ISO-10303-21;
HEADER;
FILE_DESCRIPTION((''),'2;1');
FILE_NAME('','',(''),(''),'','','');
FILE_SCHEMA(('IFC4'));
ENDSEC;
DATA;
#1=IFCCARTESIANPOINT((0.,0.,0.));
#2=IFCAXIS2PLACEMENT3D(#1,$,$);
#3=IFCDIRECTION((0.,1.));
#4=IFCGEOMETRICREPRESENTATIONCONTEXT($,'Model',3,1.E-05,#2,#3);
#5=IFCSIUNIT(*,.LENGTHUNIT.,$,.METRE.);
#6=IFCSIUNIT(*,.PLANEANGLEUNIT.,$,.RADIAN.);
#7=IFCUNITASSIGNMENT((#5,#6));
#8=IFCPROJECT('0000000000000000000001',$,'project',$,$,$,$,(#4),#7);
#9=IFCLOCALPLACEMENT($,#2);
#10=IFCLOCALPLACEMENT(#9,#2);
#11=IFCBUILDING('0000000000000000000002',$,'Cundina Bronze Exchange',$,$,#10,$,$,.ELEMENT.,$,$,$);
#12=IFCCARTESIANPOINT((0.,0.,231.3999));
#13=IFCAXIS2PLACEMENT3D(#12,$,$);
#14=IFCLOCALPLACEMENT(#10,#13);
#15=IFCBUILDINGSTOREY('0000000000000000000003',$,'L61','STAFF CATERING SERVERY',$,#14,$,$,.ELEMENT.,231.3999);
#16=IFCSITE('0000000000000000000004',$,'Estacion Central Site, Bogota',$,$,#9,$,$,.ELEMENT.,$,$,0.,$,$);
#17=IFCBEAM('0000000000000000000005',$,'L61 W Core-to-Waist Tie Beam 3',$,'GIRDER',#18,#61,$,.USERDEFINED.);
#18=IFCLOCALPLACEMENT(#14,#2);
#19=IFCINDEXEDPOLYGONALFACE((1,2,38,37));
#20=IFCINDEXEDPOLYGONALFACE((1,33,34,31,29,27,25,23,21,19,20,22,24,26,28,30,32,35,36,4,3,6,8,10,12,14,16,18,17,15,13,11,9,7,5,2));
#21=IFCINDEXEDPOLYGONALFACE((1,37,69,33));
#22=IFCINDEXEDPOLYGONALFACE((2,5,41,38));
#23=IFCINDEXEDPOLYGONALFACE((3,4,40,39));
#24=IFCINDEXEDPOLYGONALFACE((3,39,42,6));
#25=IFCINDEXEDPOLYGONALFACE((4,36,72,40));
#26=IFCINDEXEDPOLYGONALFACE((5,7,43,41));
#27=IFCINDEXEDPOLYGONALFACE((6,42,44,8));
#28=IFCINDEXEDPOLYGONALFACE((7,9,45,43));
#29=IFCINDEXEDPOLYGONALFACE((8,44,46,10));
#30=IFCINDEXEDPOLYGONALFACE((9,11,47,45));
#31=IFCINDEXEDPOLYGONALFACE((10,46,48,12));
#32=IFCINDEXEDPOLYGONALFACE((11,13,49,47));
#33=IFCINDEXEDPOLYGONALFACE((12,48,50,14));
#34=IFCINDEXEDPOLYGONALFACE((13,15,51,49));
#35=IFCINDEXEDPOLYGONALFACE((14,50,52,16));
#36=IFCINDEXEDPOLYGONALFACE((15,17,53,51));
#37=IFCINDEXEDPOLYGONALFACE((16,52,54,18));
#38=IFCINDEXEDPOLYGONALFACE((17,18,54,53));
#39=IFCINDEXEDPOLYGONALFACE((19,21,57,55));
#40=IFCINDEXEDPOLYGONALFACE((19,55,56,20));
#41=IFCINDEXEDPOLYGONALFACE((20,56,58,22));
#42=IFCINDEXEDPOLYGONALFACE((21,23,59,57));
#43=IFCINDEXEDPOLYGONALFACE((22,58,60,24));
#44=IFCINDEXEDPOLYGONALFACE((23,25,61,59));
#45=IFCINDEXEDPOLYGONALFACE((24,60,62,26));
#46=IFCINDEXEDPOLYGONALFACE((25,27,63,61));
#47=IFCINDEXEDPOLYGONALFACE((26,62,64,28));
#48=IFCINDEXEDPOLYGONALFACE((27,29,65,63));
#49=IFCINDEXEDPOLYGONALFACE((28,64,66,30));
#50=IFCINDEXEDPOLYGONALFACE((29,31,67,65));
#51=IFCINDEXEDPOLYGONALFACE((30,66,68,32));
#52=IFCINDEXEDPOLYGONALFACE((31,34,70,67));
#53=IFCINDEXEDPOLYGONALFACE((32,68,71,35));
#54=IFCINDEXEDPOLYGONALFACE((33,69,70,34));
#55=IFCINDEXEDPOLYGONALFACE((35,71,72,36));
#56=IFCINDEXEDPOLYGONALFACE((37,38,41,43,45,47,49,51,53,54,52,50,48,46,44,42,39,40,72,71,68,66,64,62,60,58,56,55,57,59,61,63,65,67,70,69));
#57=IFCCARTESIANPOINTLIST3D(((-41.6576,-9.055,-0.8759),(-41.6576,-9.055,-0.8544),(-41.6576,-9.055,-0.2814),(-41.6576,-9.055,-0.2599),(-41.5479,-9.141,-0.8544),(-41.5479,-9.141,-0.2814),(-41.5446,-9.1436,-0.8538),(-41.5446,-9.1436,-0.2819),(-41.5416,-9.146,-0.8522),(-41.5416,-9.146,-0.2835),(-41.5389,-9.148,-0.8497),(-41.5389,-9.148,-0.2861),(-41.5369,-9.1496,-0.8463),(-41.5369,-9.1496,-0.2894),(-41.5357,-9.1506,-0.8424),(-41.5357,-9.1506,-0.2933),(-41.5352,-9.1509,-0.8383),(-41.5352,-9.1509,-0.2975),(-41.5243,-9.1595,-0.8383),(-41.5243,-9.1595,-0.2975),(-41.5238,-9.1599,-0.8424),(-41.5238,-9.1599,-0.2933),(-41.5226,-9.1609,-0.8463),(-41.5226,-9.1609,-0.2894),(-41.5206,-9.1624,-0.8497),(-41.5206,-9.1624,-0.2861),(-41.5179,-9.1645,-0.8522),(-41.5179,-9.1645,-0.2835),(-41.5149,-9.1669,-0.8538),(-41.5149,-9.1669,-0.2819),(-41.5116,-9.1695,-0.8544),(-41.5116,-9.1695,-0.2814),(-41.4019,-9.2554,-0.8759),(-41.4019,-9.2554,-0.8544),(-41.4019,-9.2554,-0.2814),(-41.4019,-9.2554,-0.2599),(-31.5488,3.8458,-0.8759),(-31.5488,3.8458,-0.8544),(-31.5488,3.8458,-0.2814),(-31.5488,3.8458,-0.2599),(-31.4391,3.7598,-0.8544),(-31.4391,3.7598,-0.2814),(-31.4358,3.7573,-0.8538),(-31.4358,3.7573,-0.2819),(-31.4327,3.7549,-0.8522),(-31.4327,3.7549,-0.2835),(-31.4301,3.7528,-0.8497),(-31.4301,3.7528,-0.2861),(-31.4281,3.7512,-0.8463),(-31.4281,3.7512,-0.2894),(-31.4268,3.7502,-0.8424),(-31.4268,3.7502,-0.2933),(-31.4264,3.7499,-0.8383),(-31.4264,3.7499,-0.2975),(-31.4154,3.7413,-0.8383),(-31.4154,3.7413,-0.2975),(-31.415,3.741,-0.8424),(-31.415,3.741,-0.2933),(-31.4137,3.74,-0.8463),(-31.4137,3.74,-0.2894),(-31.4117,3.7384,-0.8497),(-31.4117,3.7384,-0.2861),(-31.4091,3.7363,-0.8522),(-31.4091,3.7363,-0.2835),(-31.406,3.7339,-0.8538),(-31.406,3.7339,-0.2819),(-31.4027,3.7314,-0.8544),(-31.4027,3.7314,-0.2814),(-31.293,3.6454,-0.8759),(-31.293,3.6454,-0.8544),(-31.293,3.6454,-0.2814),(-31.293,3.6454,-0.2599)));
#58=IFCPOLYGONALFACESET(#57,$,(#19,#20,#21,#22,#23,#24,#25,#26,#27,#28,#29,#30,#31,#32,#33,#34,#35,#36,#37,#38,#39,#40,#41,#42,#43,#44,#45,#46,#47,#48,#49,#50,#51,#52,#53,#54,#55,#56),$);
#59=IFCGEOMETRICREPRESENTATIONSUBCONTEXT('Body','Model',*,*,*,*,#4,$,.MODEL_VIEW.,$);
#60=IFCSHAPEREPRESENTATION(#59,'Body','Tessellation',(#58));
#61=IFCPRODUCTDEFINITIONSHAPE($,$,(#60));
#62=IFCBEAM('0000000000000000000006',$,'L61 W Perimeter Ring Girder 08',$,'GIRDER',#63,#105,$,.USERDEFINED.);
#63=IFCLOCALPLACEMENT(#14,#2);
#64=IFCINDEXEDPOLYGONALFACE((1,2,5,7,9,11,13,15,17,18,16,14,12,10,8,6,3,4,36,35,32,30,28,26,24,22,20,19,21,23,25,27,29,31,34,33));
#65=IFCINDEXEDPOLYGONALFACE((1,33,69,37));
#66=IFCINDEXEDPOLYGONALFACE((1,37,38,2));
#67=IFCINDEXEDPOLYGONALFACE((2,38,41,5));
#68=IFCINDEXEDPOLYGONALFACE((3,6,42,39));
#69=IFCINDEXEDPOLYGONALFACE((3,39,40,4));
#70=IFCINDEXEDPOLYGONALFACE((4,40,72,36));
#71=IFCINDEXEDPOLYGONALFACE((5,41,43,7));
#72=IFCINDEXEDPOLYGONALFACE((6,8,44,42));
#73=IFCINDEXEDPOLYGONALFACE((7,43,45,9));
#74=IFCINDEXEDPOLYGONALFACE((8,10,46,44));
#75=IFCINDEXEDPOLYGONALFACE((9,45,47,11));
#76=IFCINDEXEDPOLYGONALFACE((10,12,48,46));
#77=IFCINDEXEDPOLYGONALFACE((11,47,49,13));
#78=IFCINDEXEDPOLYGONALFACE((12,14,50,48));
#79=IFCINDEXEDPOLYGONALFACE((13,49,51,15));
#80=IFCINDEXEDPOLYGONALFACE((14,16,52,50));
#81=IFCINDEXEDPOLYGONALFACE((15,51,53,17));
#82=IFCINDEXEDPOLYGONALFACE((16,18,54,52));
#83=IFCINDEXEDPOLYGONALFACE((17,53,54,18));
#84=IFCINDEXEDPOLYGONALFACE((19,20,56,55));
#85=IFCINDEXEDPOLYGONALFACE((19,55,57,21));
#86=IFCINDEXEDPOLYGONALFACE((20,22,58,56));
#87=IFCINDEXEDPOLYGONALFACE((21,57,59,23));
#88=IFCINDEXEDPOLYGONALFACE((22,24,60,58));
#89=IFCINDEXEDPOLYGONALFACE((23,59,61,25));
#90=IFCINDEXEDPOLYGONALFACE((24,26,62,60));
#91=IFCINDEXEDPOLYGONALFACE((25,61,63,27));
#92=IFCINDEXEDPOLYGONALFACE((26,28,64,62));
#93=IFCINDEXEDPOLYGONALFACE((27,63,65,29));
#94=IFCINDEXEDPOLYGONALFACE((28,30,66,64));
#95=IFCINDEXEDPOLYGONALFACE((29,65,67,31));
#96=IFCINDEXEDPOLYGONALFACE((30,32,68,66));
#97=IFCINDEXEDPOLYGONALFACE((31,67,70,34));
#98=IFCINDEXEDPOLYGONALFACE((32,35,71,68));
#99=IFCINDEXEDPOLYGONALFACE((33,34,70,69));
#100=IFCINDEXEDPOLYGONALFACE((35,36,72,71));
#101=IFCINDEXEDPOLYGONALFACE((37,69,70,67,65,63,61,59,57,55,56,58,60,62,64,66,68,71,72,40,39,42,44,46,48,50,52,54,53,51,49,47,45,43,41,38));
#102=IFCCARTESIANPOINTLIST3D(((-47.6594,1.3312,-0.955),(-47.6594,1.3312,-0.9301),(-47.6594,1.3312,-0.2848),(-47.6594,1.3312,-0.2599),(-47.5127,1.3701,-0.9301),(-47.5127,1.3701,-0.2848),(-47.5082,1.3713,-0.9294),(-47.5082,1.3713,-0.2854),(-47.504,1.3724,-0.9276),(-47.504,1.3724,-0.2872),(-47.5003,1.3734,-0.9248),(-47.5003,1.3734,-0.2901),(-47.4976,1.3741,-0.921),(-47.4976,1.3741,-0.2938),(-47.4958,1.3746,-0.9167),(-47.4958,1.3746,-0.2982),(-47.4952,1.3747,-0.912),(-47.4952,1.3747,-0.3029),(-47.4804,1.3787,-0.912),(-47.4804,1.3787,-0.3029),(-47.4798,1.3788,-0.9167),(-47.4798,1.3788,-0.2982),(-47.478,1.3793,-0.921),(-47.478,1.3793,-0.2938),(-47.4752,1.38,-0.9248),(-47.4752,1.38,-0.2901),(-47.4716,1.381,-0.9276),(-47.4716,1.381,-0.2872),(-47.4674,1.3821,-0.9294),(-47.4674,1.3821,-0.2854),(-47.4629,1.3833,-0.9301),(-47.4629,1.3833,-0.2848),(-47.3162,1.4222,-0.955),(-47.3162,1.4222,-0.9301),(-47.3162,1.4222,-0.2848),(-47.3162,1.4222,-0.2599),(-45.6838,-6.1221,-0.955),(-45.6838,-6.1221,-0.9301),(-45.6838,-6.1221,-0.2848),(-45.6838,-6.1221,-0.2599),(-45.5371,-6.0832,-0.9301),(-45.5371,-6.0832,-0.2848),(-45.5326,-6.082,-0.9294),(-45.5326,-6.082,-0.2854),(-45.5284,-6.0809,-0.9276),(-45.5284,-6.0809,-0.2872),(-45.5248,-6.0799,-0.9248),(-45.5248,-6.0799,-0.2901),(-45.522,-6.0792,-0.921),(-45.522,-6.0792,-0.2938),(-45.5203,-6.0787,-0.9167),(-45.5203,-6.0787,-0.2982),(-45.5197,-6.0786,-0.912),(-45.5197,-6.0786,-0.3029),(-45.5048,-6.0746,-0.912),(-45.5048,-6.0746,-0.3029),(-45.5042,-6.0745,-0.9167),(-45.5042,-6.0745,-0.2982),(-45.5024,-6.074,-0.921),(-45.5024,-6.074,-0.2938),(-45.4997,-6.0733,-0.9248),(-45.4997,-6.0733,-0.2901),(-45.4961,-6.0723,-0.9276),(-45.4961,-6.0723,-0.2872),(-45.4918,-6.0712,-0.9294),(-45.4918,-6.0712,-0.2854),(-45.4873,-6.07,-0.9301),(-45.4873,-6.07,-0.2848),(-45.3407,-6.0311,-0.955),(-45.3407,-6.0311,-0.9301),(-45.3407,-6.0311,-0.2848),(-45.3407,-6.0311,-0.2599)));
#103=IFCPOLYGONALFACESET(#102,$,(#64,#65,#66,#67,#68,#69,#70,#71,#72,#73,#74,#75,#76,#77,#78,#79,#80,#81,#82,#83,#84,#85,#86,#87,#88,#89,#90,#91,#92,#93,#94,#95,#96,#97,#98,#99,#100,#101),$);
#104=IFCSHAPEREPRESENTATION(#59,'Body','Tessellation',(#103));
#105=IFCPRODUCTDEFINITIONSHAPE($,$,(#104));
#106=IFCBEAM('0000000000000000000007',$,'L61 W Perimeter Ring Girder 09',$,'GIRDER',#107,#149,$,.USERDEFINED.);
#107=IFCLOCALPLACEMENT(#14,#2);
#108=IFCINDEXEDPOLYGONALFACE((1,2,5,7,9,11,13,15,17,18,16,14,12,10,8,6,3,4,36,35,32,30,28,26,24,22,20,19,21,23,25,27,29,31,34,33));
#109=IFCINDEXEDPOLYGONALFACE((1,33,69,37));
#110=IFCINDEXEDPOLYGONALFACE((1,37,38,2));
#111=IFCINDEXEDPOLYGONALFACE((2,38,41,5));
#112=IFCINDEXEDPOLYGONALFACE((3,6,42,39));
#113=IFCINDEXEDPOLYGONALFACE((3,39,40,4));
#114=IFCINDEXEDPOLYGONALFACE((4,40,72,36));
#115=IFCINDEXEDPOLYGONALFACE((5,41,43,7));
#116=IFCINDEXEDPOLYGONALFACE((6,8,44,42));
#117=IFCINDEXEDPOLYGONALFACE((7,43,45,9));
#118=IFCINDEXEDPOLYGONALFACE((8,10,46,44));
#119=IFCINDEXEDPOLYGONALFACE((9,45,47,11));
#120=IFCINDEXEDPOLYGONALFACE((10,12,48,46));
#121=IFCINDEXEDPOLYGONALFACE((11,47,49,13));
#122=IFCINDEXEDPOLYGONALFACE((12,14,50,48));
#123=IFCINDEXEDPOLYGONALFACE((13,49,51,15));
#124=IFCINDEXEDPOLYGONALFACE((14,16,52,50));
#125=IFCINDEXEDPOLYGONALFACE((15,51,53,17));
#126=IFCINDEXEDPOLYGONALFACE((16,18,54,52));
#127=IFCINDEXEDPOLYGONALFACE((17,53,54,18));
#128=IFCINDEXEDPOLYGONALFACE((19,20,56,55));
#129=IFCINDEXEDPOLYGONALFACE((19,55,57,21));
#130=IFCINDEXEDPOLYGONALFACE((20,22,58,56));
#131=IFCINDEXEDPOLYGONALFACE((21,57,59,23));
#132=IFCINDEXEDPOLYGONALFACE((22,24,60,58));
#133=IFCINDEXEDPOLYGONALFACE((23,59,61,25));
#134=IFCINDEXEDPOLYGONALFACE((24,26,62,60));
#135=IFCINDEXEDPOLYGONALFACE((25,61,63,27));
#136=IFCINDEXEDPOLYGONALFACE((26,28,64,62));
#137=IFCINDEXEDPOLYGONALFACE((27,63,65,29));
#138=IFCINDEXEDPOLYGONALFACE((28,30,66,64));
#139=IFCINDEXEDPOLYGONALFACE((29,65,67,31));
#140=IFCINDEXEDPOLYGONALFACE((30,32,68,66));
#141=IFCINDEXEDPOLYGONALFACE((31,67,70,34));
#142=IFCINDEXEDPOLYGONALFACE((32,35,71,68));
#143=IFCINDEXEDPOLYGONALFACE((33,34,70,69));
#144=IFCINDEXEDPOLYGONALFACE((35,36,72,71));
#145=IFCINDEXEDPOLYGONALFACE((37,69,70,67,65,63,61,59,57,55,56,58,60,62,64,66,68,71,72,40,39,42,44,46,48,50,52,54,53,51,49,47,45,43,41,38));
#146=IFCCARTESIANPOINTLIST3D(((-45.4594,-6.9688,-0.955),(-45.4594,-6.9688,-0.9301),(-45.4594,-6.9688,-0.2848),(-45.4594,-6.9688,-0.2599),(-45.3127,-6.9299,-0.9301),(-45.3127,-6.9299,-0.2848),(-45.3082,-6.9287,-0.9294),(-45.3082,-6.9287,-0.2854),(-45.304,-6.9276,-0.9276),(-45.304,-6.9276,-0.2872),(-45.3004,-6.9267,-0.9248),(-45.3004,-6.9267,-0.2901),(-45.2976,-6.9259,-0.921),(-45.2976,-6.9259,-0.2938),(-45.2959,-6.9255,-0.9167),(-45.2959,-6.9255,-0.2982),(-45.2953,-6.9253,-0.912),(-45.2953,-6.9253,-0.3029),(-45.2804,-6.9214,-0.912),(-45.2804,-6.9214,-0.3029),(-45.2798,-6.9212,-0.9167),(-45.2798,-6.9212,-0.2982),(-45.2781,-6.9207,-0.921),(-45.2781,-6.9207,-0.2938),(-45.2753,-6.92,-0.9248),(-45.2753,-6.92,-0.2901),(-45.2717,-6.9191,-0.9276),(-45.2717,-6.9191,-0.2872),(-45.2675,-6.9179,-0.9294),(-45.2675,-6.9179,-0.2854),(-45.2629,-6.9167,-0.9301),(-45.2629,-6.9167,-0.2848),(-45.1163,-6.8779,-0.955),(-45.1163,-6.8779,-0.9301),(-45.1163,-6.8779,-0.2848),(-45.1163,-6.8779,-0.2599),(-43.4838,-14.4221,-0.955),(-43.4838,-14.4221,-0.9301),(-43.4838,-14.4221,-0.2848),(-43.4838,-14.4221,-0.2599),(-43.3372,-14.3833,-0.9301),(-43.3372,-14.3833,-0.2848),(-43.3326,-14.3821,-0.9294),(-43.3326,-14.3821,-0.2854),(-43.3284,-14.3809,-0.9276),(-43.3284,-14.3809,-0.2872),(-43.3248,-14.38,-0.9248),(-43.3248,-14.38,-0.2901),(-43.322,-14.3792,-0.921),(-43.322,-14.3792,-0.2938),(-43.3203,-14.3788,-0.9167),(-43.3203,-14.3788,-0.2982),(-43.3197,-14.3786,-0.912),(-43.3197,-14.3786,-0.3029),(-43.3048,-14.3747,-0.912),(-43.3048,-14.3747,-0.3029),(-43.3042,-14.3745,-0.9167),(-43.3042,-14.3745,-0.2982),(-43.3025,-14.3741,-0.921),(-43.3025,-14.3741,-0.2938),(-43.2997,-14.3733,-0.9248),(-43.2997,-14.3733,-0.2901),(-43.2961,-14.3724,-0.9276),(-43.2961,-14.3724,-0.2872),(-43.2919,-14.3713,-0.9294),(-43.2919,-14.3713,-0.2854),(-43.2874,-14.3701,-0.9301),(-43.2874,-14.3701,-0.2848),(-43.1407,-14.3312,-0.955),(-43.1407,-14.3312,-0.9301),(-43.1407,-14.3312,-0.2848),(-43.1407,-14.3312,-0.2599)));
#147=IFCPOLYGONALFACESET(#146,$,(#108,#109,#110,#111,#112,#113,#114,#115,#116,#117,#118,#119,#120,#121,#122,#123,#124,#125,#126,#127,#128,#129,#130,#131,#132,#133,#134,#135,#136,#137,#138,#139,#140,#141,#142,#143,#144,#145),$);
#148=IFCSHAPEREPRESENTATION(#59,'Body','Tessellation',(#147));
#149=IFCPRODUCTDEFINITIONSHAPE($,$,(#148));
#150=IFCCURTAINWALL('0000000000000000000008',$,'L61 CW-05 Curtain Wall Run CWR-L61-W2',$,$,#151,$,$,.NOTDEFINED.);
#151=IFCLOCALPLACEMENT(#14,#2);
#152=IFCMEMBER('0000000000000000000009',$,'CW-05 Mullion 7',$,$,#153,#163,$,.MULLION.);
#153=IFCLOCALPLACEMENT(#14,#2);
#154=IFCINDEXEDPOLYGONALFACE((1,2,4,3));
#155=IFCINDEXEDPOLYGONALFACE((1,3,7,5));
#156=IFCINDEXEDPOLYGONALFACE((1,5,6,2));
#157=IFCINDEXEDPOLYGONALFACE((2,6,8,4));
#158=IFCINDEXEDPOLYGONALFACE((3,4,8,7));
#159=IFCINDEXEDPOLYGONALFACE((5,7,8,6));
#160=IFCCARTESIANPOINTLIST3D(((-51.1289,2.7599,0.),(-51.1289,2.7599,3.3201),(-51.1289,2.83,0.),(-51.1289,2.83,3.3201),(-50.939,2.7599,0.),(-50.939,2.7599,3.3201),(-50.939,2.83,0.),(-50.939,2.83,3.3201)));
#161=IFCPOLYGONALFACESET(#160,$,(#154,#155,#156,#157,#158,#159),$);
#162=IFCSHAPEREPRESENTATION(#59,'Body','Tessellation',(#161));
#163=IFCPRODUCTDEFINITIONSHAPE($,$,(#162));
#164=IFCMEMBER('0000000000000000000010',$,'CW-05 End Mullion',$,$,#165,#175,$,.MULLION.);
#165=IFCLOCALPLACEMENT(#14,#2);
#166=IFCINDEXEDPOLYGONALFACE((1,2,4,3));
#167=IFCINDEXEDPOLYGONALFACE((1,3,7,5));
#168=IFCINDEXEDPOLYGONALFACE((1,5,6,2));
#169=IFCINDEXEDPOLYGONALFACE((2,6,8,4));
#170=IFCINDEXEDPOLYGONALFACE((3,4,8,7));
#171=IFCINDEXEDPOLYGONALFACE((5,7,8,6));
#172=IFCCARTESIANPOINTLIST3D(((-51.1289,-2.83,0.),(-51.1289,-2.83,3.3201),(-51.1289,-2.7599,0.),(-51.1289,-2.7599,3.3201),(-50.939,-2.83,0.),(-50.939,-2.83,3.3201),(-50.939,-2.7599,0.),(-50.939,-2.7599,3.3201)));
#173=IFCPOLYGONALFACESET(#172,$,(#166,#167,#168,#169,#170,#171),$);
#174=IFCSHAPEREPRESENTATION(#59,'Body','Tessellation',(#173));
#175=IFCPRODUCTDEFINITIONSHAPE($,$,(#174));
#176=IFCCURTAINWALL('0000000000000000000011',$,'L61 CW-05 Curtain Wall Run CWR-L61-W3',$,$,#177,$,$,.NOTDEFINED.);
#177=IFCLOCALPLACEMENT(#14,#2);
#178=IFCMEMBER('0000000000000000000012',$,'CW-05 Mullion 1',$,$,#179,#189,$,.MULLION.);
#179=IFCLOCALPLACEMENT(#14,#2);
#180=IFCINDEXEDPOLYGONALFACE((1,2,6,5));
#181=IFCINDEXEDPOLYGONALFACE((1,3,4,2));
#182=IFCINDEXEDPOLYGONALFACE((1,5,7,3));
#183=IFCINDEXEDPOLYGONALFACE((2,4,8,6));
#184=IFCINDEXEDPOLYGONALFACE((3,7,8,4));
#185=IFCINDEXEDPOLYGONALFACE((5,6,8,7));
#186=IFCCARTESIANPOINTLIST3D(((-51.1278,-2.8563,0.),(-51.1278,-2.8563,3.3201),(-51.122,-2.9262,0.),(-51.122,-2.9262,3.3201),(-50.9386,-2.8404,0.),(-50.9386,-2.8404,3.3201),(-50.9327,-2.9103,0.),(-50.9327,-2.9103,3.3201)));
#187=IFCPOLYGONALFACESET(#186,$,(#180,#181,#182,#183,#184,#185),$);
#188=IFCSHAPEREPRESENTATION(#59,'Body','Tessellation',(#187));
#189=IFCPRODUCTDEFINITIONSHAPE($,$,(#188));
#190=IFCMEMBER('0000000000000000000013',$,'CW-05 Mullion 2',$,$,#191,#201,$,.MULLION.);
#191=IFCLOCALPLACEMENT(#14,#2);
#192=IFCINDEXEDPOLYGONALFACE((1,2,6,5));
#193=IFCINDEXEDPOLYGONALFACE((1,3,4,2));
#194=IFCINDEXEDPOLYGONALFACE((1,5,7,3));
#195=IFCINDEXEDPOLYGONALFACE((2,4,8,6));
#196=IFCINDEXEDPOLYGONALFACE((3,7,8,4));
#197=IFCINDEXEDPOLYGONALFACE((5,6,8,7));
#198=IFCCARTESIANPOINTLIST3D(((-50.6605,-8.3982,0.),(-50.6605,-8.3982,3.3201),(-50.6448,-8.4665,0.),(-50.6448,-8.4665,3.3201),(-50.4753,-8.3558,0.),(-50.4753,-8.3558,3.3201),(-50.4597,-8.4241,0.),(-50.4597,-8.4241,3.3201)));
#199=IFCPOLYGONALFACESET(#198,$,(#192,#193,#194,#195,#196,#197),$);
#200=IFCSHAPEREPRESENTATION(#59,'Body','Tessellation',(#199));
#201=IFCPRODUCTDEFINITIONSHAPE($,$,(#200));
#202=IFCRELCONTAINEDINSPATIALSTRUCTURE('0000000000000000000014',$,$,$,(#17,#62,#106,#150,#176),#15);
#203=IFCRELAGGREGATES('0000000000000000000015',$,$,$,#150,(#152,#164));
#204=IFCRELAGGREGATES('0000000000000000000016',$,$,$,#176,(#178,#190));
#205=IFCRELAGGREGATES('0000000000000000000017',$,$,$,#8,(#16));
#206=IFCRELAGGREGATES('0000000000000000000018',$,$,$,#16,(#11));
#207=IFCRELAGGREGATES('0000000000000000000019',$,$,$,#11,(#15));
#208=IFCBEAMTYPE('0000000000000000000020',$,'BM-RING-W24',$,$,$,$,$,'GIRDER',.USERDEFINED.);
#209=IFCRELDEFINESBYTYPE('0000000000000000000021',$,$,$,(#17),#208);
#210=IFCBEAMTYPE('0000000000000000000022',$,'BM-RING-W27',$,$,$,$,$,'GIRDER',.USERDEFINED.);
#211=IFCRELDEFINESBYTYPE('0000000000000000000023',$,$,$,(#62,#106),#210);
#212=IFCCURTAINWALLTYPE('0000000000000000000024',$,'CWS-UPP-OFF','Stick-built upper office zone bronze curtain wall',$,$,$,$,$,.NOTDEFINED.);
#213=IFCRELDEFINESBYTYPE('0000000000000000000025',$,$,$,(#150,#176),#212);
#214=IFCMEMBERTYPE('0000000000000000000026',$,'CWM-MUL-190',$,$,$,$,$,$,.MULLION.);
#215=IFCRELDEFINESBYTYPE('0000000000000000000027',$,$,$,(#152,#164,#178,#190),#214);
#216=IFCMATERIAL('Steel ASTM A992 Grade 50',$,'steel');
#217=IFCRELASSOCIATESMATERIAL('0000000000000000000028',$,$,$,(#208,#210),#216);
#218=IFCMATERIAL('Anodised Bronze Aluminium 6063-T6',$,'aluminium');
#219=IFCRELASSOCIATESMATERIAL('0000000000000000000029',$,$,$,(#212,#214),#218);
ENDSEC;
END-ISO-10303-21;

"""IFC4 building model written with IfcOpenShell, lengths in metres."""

from ifc_helpers import new_model, si_unit, direction, frame, origin, origin_2d, place, context, subcontext, project, spatial, rectangle, i_section, extrude, material, material_profile, profile_set, type_object, element, aggregate, save


model = new_model("IFC4")

# Units and contexts
model_context = context("Model", 3, precision=1e-05, world=origin(), true_north=direction((0.0, 1.0)))
body_context = subcontext(model_context, "Body", "Model", "MODEL_VIEW")
ifc_project = project(units=[si_unit("LENGTHUNIT", "METRE"), si_unit("PLANEANGLEUNIT", "RADIAN")], contexts=[model_context])

# Site, building, storey
site_placement = place(None, origin())
site = spatial("IfcSite", under=ifc_project, at=site_placement, Name="Estacion Central Site, Bogota", CompositionType="ELEMENT", RefElevation=0.0)
building_placement = place(site_placement, origin())
building = spatial("IfcBuilding", under=site, at=building_placement, Name="Cundina Bronze Exchange", CompositionType="ELEMENT")
storey_placement = place(building_placement, frame((0.0, 0.0, 231.3999)))
storey = spatial("IfcBuildingStorey", under=building, at=storey_placement, Name="L61", Description="STAFF CATERING SERVERY", CompositionType="ELEMENT", Elevation=231.3999)

# Beams
ifc_material_1 = material(Name="Steel ASTM A992 Grade 50", Category="steel")
ifc_material_profile_1 = material_profile(ifc_material_1, i_section(OverallWidth=0.325, OverallDepth=0.616, WebThickness=0.0139, FlangeThickness=0.0215, FilletRadius=0.0161, at=origin_2d()), Name="W24X117", Category="steel")
ifc_profile_set_1 = profile_set([ifc_material_profile_1], Name="Steel ASTM A992 Grade 50")
beam_type_1 = type_object("IfcBeamType", Name="BM-RING-W24", ElementType="GIRDER", PredefinedType="USERDEFINED", material=ifc_profile_set_1)
beam_1_placement = place(storey_placement, frame((-31.4209, 3.7456, -0.5679), z_axis=(-0.616783, -0.787133, 0.0), x_axis=(0.787133, -0.616783, 0.0)))
element("IfcBeam", 1, at=beam_1_placement, inside=storey, type_object=beam_type_1, Name="L61 W Core-to-Waist Tie Beam 3", ObjectType="GIRDER", PredefinedType="USERDEFINED", context=body_context, shape_type="SweptSolid", body=[
    extrude(i_section(OverallWidth=0.325, OverallDepth=0.616, WebThickness=0.0139, FlangeThickness=0.0215, FilletRadius=0.0161, at=origin_2d()), origin(), (0.0, 0.0, 1.0), 16.3896),
])
ifc_material_profile_2 = material_profile(ifc_material_1, i_section(OverallWidth=0.355, OverallDepth=0.6951, WebThickness=0.0154, FlangeThickness=0.0249, FilletRadius=0.0181, at=origin_2d()), Name="W27X146", Category="steel")
ifc_profile_set_2 = profile_set([ifc_material_profile_2], Name="Steel ASTM A992 Grade 50")
beam_type_2 = type_object("IfcBeamType", Name="BM-RING-W27", ElementType="GIRDER", PredefinedType="USERDEFINED", material=ifc_profile_set_2)
for number, where, z_axis, x_axis, name in (
    (2, (-47.4878, 1.3767, -0.6074), (0.256212, -0.966621, 0.0), (0.966621, 0.256212, 0.0), "L61 W Perimeter Ring Girder 08"),
    (3, (-45.2878, -6.9233, -0.6074), (0.256212, -0.966621, 0.0), (0.966621, 0.256212, 0.0), "L61 W Perimeter Ring Girder 09"),
):
    element("IfcBeam", number, at=place(storey_placement, frame(where, z_axis=z_axis, x_axis=x_axis)), inside=storey, type_object=beam_type_2, Name=name, ObjectType="GIRDER", PredefinedType="USERDEFINED", context=body_context, shape_type="SweptSolid", body=[
        extrude(i_section(OverallWidth=0.355, OverallDepth=0.6951, WebThickness=0.0154, FlangeThickness=0.0249, FilletRadius=0.0181, at=origin_2d()), origin(), (0.0, 0.0, 1.0), 7.7107),
    ])

# Curtain walls, members
ifc_material_2 = material(Name="Anodised Bronze Aluminium 6063-T6", Category="aluminium")
curtain_wall_type = type_object("IfcCurtainWallType", Name="CWS-UPP-OFF", Description="Stick-built upper office zone bronze curtain wall", PredefinedType="NOTDEFINED", material=ifc_material_2)
curtain_wall_1_placement = place(storey_placement, origin())
curtain_wall_1 = element("IfcCurtainWall", 4, at=curtain_wall_1_placement, inside=storey, type_object=curtain_wall_type, Name="L61 CW-05 Curtain Wall Run CWR-L61-W2", PredefinedType="NOTDEFINED")
ifc_material_profile_3 = material_profile(ifc_material_2, rectangle(XDim=0.0701, YDim=0.1899, at=origin_2d()), Name="AL70X190", Category="aluminium")
ifc_profile_set_3 = profile_set([ifc_material_profile_3], Name="Anodised Bronze Aluminium 6063-T6")
member_type_1 = type_object("IfcMemberType", Name="CWM-MUL-190", PredefinedType="MULLION", material=ifc_profile_set_3)
member_1_placement = place(storey_placement, frame((-51.0339, 2.7949, 0.0), z_axis=(0.0, 0.0, 1.0), x_axis=(0.0, -1.0, 0.0)))
member_1 = element("IfcMember", 5, at=member_1_placement, type_object=member_type_1, Name="CW-05 Mullion 7", PredefinedType="MULLION", context=body_context, shape_type="SweptSolid", body=[
    extrude(rectangle(XDim=0.0701, YDim=0.1899, at=origin_2d()), origin(), (0.0, 0.0, 1.0), 3.3201),
])
member_2_placement = place(storey_placement, frame((-51.0339, -2.7949, 0.0), z_axis=(0.0, 0.0, 1.0), x_axis=(0.0, -1.0, 0.0)))
member_2 = element("IfcMember", 6, at=member_2_placement, type_object=member_type_1, Name="CW-05 End Mullion", PredefinedType="MULLION", context=body_context, shape_type="SweptSolid", body=[
    extrude(rectangle(XDim=0.0701, YDim=0.1899, at=origin_2d()), origin(), (0.0, 0.0, 1.0), 3.3201),
])
curtain_wall_2_placement = place(storey_placement, origin())
curtain_wall_2 = element("IfcCurtainWall", 7, at=curtain_wall_2_placement, inside=storey, type_object=curtain_wall_type, Name="L61 CW-05 Curtain Wall Run CWR-L61-W3", PredefinedType="NOTDEFINED")
member_3_placement = place(storey_placement, frame((-51.0303, -2.8833, 0.0), z_axis=(0.0, 0.0, 1.0), x_axis=(0.083678, -0.996493, 0.0)))
member_3 = element("IfcMember", 8, at=member_3_placement, type_object=member_type_1, Name="CW-05 Mullion 1", PredefinedType="MULLION", context=body_context, shape_type="SweptSolid", body=[
    extrude(rectangle(XDim=0.0701, YDim=0.1899, at=origin_2d()), origin(), (0.0, 0.0, 1.0), 3.3201),
])
member_4_placement = place(storey_placement, frame((-50.5601, -8.4111, 0.0), z_axis=(0.0, 0.0, 1.0), x_axis=(0.22325, -0.974761, 0.0)))
member_4 = element("IfcMember", 9, at=member_4_placement, type_object=member_type_1, Name="CW-05 Mullion 2", PredefinedType="MULLION", context=body_context, shape_type="SweptSolid", body=[
    extrude(rectangle(XDim=0.0701, YDim=0.1899, at=origin_2d()), origin(), (0.0, 0.0, 1.0), 3.3201),
])

aggregate(curtain_wall_1, [member_1, member_2])
aggregate(curtain_wall_2, [member_3, member_4])

save(model, "model.ifc")
